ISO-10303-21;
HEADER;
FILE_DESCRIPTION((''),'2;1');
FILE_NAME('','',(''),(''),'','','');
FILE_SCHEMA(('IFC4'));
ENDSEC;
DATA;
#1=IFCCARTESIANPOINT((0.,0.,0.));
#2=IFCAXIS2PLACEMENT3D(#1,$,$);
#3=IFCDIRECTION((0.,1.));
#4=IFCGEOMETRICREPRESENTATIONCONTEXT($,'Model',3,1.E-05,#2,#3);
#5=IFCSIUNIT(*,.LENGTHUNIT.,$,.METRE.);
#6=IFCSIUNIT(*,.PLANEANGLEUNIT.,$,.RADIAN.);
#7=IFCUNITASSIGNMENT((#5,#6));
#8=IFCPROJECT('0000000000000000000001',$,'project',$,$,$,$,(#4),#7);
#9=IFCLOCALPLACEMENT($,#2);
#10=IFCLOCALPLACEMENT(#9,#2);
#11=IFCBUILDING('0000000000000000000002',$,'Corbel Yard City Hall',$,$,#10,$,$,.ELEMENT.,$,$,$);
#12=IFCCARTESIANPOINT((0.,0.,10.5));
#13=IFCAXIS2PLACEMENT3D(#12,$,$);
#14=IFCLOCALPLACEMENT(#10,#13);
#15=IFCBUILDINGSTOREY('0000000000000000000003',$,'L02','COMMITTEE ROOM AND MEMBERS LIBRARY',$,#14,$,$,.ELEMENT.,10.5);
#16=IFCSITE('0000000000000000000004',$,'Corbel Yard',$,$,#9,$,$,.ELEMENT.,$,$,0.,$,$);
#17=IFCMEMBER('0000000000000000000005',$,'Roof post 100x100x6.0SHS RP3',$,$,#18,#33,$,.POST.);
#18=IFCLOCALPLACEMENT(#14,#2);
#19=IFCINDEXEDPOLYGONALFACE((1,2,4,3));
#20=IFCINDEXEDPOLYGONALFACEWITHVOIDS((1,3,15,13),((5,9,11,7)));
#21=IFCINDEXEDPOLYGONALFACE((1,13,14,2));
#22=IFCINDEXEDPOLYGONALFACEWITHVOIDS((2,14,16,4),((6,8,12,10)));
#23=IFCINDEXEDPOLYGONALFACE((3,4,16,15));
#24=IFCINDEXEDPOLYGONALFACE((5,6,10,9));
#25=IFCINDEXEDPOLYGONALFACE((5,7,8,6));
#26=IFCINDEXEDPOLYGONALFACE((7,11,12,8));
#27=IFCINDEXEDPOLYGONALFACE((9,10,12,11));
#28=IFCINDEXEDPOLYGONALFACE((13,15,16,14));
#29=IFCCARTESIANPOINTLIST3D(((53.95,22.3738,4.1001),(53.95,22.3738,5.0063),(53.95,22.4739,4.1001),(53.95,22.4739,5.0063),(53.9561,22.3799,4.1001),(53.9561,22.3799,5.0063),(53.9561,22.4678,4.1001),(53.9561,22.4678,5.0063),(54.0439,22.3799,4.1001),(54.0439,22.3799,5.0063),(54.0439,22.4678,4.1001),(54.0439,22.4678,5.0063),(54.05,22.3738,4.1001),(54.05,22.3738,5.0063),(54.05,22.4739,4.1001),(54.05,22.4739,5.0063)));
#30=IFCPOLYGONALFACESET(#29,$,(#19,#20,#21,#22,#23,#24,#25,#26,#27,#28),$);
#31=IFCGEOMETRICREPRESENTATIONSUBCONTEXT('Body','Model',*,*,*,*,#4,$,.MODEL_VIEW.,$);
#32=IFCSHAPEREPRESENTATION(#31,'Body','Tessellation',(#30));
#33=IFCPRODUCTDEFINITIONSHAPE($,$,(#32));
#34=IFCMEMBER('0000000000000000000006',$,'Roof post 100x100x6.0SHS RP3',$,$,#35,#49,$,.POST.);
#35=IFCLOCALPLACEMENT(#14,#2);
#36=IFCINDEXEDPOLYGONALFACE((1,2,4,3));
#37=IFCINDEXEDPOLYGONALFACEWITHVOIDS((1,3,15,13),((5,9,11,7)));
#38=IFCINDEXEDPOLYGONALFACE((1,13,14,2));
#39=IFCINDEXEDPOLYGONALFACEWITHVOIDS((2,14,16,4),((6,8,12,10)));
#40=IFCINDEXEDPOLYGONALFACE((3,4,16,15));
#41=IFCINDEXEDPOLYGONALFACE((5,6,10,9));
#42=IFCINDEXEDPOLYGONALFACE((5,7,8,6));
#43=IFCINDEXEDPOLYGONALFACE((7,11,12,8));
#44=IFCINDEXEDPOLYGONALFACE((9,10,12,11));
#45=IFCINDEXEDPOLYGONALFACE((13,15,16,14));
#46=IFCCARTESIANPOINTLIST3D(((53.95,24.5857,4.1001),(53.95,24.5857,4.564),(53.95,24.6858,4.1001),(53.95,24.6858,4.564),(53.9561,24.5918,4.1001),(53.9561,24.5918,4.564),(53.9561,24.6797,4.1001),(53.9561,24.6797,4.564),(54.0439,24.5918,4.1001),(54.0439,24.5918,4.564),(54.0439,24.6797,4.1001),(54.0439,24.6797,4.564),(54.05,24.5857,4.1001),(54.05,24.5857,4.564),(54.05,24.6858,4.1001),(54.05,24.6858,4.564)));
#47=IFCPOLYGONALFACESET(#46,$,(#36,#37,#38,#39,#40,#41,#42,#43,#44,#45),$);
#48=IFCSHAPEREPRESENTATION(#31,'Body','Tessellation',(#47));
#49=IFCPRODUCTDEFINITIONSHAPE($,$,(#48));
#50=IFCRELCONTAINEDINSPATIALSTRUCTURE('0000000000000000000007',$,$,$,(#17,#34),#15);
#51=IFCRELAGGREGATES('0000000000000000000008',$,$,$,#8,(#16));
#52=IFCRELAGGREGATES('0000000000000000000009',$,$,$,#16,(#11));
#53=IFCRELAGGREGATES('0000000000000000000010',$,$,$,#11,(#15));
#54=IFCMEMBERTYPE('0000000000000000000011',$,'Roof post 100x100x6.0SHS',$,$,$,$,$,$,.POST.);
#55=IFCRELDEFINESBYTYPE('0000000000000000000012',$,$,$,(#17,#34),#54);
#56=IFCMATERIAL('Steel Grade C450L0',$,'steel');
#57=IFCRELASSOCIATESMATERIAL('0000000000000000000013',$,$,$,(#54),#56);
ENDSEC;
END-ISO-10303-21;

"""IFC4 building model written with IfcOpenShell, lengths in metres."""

from ifc_helpers import new_model, si_unit, direction, frame, origin, origin_2d, place, context, subcontext, project, spatial, hollow_rectangle, extrude, material, material_profile, profile_set, type_object, element, save


model = new_model("IFC4")

# Units and contexts
model_context = context("Model", 3, precision=1e-05, world=origin(), true_north=direction((0.0, 1.0)))
body_context = subcontext(model_context, "Body", "Model", "MODEL_VIEW")
ifc_project = project(units=[si_unit("LENGTHUNIT", "METRE"), si_unit("PLANEANGLEUNIT", "RADIAN")], contexts=[model_context])

# Site, building, storey
site_placement = place(None, origin())
site = spatial("IfcSite", under=ifc_project, at=site_placement, Name="Corbel Yard", CompositionType="ELEMENT", RefElevation=0.0)
building_placement = place(site_placement, origin())
building = spatial("IfcBuilding", under=site, at=building_placement, Name="Corbel Yard City Hall", CompositionType="ELEMENT")
storey_placement = place(building_placement, frame((0.0, 0.0, 10.5)))
storey = spatial("IfcBuildingStorey", under=building, at=storey_placement, Name="L02", Description="COMMITTEE ROOM AND MEMBERS LIBRARY", CompositionType="ELEMENT", Elevation=10.5)

# Members
ifc_material_1 = material(Name="Steel Grade C450L0", Category="steel")
ifc_material_profile_1 = material_profile(ifc_material_1, hollow_rectangle(XDim=0.1001, YDim=0.1001, WallThickness=0.0061, at=origin_2d()), Name="100x100x6.0SHS")
ifc_profile_set_1 = profile_set([ifc_material_profile_1], Name="Steel Grade C450L0")
member_type_1 = type_object("IfcMemberType", Name="Roof post 100x100x6.0SHS", PredefinedType="POST", material=ifc_profile_set_1)
member_1_placement = place(storey_placement, frame((54.0, 22.4238, 4.1001), z_axis=(0.0, 0.0, 1.0), x_axis=(1.0, 0.0, 0.0)))
element("IfcMember", 1, at=member_1_placement, inside=storey, type_object=member_type_1, Name="Roof post 100x100x6.0SHS RP3", PredefinedType="POST", context=body_context, shape_type="SweptSolid", body=[
    extrude(hollow_rectangle(XDim=0.1001, YDim=0.1001, WallThickness=0.0061, at=origin_2d()), origin(), (0.0, 0.0, 1.0), 0.9062),
])
member_2_placement = place(storey_placement, frame((54.0, 24.6357, 4.1001), z_axis=(0.0, 0.0, 1.0), x_axis=(1.0, 0.0, 0.0)))
element("IfcMember", 2, at=member_2_placement, inside=storey, type_object=member_type_1, Name="Roof post 100x100x6.0SHS RP3", PredefinedType="POST", context=body_context, shape_type="SweptSolid", body=[
    extrude(hollow_rectangle(XDim=0.1001, YDim=0.1001, WallThickness=0.0061, at=origin_2d()), origin(), (0.0, 0.0, 1.0), 0.4639),
])

save(model, "model.ifc")
